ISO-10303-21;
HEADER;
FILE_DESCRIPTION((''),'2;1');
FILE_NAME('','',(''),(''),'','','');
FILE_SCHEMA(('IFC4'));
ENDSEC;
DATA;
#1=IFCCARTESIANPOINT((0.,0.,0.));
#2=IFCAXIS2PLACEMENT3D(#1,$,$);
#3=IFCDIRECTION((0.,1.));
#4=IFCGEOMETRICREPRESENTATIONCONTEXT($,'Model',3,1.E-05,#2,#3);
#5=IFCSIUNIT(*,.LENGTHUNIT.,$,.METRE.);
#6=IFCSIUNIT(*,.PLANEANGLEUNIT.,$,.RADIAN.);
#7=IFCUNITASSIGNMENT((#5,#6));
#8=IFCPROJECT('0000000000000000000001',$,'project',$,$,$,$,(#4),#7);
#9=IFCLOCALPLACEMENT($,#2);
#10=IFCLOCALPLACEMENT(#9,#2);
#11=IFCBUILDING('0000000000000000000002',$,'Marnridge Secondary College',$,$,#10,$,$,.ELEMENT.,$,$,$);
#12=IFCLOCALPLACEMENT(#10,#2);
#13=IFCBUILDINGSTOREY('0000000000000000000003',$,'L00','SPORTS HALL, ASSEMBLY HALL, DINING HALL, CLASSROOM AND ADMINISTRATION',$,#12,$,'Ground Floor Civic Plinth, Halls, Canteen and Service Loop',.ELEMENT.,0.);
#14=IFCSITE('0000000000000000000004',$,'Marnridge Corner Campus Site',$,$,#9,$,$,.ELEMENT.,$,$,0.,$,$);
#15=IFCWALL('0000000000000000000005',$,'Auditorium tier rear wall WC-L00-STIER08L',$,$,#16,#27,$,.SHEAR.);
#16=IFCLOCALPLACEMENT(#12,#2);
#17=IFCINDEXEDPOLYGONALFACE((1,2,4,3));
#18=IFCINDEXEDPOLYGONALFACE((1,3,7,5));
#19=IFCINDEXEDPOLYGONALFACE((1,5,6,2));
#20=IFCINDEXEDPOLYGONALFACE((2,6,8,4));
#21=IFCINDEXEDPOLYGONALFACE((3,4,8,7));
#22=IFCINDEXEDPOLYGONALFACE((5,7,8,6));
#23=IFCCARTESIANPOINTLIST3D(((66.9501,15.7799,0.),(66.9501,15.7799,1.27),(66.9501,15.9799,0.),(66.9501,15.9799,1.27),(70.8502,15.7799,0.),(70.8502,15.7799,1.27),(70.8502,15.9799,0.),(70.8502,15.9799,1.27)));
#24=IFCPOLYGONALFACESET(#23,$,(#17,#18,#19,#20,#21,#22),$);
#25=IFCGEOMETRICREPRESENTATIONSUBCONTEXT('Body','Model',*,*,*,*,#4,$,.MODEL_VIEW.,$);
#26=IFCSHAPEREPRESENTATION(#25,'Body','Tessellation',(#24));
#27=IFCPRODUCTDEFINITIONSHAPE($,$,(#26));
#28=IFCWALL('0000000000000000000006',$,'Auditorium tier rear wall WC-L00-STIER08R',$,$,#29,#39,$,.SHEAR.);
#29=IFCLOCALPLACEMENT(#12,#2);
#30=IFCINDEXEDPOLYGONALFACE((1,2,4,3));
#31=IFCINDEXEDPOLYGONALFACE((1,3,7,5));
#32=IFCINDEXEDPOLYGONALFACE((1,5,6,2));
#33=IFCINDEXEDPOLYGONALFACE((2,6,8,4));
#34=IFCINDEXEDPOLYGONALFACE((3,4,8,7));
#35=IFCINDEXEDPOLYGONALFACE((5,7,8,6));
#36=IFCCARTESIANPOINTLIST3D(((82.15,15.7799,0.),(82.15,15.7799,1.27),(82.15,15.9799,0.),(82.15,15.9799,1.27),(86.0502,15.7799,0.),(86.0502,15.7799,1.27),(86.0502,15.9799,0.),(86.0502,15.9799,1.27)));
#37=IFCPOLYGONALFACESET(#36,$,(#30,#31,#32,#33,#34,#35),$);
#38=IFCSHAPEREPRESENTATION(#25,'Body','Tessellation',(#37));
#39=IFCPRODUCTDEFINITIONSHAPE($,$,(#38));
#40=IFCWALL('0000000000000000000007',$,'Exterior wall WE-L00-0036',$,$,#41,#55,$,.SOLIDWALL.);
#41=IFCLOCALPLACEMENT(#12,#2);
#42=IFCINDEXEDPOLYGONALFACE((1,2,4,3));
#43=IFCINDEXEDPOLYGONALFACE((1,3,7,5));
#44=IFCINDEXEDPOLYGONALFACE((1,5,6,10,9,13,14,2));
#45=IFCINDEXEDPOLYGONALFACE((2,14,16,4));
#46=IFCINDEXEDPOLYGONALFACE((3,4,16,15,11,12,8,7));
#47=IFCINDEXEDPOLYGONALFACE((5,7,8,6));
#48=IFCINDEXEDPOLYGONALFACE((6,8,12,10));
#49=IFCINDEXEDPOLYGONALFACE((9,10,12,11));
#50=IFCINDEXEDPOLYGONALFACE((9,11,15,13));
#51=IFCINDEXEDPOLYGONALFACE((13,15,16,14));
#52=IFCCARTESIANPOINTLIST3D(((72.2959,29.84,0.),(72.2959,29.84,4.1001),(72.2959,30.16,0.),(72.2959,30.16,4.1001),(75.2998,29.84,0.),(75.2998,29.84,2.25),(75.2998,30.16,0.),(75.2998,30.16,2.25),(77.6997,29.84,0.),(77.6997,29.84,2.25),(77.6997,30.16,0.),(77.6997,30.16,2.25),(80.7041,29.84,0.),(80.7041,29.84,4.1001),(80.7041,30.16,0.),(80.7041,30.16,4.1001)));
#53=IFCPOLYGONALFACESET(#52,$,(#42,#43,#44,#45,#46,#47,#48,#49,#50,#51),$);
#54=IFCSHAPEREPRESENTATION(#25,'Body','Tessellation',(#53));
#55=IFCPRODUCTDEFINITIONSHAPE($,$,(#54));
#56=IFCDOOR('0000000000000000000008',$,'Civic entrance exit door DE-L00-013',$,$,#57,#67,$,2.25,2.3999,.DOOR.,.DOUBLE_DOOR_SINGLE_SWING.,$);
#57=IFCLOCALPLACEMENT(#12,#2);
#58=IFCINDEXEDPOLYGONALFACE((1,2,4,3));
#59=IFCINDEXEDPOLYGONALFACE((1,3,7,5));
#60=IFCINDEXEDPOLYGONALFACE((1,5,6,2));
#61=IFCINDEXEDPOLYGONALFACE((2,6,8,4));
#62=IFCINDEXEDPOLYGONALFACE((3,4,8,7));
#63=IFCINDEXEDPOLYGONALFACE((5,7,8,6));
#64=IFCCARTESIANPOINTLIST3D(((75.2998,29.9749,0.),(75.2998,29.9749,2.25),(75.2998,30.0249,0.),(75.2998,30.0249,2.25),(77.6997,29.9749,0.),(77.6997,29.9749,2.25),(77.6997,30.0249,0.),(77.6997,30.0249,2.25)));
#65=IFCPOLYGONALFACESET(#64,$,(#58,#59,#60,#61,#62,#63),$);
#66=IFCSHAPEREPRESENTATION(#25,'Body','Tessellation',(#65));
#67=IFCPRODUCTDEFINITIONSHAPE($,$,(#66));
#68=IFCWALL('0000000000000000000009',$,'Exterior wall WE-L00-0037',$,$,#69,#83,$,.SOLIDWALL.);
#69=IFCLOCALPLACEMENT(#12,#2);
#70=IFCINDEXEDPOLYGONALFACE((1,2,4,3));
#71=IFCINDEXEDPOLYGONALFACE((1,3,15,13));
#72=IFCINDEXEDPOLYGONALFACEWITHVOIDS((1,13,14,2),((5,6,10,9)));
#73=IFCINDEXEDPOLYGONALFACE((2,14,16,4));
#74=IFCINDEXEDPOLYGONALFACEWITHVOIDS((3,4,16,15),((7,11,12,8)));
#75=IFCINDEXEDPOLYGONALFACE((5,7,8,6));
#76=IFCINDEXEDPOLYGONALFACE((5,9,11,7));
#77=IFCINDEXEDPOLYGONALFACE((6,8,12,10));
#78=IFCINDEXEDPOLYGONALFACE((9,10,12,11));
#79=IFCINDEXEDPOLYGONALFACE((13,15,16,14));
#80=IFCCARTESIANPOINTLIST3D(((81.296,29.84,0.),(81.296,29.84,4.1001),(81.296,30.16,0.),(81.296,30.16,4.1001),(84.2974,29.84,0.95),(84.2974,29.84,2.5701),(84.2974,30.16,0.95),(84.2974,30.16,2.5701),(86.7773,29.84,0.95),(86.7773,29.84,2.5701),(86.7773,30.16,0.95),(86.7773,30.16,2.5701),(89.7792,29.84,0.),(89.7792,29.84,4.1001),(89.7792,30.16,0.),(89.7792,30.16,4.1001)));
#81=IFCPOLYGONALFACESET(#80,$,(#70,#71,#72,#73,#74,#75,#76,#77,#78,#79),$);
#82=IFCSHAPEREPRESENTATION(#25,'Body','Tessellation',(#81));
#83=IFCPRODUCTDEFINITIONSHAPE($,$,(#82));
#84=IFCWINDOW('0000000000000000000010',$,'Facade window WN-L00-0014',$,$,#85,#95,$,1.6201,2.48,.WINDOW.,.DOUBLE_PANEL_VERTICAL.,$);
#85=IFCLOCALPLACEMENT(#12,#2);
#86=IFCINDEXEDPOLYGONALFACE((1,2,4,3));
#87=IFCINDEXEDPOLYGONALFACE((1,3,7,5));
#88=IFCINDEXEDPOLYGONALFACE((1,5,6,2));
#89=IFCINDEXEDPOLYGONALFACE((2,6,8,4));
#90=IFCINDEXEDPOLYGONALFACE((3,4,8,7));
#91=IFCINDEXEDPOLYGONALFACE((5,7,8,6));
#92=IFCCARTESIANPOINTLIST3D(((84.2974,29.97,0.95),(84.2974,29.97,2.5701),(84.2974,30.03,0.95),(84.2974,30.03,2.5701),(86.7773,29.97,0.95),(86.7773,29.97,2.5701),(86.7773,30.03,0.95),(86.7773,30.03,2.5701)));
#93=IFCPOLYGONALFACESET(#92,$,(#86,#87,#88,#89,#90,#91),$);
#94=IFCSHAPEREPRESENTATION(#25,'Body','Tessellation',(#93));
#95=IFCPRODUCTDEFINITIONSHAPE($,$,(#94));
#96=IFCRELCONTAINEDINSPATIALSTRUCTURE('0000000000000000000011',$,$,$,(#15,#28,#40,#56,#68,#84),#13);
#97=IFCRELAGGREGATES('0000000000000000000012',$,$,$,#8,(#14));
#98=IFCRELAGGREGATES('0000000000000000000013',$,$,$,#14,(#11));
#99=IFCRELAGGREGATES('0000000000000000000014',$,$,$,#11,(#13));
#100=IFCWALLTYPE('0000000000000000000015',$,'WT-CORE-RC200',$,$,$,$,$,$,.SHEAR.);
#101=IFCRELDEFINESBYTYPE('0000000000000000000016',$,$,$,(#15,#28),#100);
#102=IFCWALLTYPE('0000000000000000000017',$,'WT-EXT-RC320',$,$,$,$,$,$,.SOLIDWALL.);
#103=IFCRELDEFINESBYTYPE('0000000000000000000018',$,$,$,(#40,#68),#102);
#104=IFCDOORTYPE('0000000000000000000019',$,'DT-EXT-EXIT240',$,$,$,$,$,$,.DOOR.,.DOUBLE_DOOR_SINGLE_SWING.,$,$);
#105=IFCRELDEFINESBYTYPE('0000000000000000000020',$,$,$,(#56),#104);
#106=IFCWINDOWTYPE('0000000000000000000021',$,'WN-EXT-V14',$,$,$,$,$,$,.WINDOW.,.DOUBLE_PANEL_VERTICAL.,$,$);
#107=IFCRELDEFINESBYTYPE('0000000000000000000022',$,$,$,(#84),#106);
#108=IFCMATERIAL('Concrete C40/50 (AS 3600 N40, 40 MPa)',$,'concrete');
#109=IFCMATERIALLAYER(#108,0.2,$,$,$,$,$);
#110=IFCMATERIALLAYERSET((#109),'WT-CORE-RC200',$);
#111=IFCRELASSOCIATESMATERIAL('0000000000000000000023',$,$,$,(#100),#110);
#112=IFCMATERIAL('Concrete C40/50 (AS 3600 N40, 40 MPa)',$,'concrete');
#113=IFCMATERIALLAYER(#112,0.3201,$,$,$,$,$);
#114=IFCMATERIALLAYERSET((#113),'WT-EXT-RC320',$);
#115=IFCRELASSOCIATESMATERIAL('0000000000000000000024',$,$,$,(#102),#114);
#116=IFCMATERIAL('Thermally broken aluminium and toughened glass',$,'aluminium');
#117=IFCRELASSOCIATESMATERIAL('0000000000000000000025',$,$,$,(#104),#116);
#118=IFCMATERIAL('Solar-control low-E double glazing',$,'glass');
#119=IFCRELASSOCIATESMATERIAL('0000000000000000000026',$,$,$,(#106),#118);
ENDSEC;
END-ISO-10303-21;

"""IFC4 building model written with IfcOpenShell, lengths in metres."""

from ifc_helpers import new_model, si_unit, direction, frame, frame_2d, origin, place, context, subcontext, project, spatial, rectangle, extrude, material, layer, layer_set, type_object, element, fill, save


model = new_model("IFC4")

# Units and contexts
model_context = context("Model", 3, precision=1e-05, world=origin(), true_north=direction((0.0, 1.0)))
body_context = subcontext(model_context, "Body", "Model", "MODEL_VIEW")
ifc_project = project(units=[si_unit("LENGTHUNIT", "METRE"), si_unit("PLANEANGLEUNIT", "RADIAN")], contexts=[model_context])

# Site, building, storey
site_placement = place(None, origin())
site = spatial("IfcSite", under=ifc_project, at=site_placement, Name="Marnridge Corner Campus Site", CompositionType="ELEMENT", RefElevation=0.0)
building_placement = place(site_placement, origin())
building = spatial("IfcBuilding", under=site, at=building_placement, Name="Marnridge Secondary College", CompositionType="ELEMENT")
storey_placement = place(building_placement, origin())
storey = spatial("IfcBuildingStorey", under=building, at=storey_placement, Name="L00", Description="SPORTS HALL, ASSEMBLY HALL, DINING HALL, CLASSROOM AND ADMINISTRATION", LongName="Ground Floor Civic Plinth, Halls, Canteen and Service Loop", CompositionType="ELEMENT", Elevation=0.0)

# Walls
ifc_material_1 = material(Name="Concrete C40/50 (AS 3600 N40, 40 MPa)", Category="concrete")
ifc_layer_1 = layer(ifc_material_1, 0.2)
ifc_layer_set_1 = layer_set([ifc_layer_1], Name="WT-CORE-RC200")
wall_type_1 = type_object("IfcWallType", Name="WT-CORE-RC200", PredefinedType="SHEAR", material=ifc_layer_set_1)
for number, where, z_axis, x_axis, name in (
    (1, (66.95, 15.8799, 0.0), (0.0, 0.0, 1.0), (1.0, 0.0, 0.0), "Auditorium tier rear wall WC-L00-STIER08L"),
    (2, (82.1499, 15.8799, 0.0), (0.0, 0.0, 1.0), (1.0, 0.0, 0.0), "Auditorium tier rear wall WC-L00-STIER08R"),
):
    element("IfcWall", number, at=place(storey_placement, frame(where, z_axis=z_axis, x_axis=x_axis)), inside=storey, type_object=wall_type_1, Name=name, PredefinedType="SHEAR", context=body_context, shape_type="SweptSolid", body=[
        extrude(rectangle(XDim=3.9001, YDim=0.2, at=frame_2d((1.9502, 0.0))), origin(), (0.0, 0.0, 1.0), 1.27),
    ])

# Wall, opening, door
ifc_material_2 = material(Name="Concrete C40/50 (AS 3600 N40, 40 MPa)", Category="concrete")
ifc_layer_2 = layer(ifc_material_2, 0.3201)
ifc_layer_set_2 = layer_set([ifc_layer_2], Name="WT-EXT-RC320")
wall_type_2 = type_object("IfcWallType", Name="WT-EXT-RC320", PredefinedType="SOLIDWALL", material=ifc_layer_set_2)
wall_1_placement = place(storey_placement, frame((72.2959, 30.0, 0.0), z_axis=(0.0, 0.0, 1.0), x_axis=(1.0, 0.0, 0.0)))
wall_1 = element("IfcWall", 3, at=wall_1_placement, inside=storey, type_object=wall_type_2, Name="Exterior wall WE-L00-0036", PredefinedType="SOLIDWALL", context=body_context, shape_type="SweptSolid", body=[
    extrude(rectangle(XDim=8.4082, YDim=0.3201, at=frame_2d((4.2041, 0.0))), origin(), (0.0, 0.0, 1.0), 4.1001),
])
opening_1_placement = place(wall_1_placement, frame((3.0039, 0.0, 0.0)))
opening_1 = element("IfcOpeningElement", 4, at=opening_1_placement, cuts=wall_1, PredefinedType="OPENING", context=body_context, shape_type="SweptSolid", body=[
    extrude(rectangle(XDim=2.3999, YDim=2.25, at=frame_2d((1.2, 1.125))), frame((0.0, 0.1699, 0.0), z_axis=(0.0, -1.0, 0.0), x_axis=(1.0, 0.0, 0.0)), (0.0, 0.0, 1.0), 0.3401),
])
ifc_material_3 = material(Name="Thermally broken aluminium and toughened glass", Category="aluminium")
door_type = type_object("IfcDoorType", Name="DT-EXT-EXIT240", OperationType="DOUBLE_DOOR_SINGLE_SWING", PredefinedType="DOOR", material=ifc_material_3)
door_placement = place(opening_1_placement, origin())
door = element("IfcDoor", 5, at=door_placement, inside=storey, type_object=door_type, Name="Civic entrance exit door DE-L00-013", OperationType="DOUBLE_DOOR_SINGLE_SWING", OverallHeight=2.25, OverallWidth=2.3999, PredefinedType="DOOR", context=body_context, shape_type="SweptSolid", body=[
    extrude(rectangle(XDim=2.3999, YDim=2.25, at=frame_2d((1.2, 1.125))), frame((0.0, 0.0249, 0.0), z_axis=(0.0, -1.0, 0.0), x_axis=(1.0, 0.0, 0.0)), (0.0, 0.0, 1.0), 0.05),
])
fill(opening_1, door)

# Wall, opening, window
wall_2_placement = place(storey_placement, frame((81.2959, 30.0, 0.0), z_axis=(0.0, 0.0, 1.0), x_axis=(1.0, 0.0, 0.0)))
wall_2 = element("IfcWall", 6, at=wall_2_placement, inside=storey, type_object=wall_type_2, Name="Exterior wall WE-L00-0037", PredefinedType="SOLIDWALL", context=body_context, shape_type="SweptSolid", body=[
    extrude(rectangle(XDim=8.4832, YDim=0.3201, at=frame_2d((4.2417, 0.0))), origin(), (0.0, 0.0, 1.0), 4.1001),
])
opening_2_placement = place(wall_2_placement, frame((3.0015, 0.0, 0.95)))
opening_2 = element("IfcOpeningElement", 7, at=opening_2_placement, cuts=wall_2, PredefinedType="OPENING", context=body_context, shape_type="SweptSolid", body=[
    extrude(rectangle(XDim=2.48, YDim=1.6201, at=frame_2d((1.24, 0.8101))), frame((0.0, 0.1699, 0.0), z_axis=(0.0, -1.0, 0.0), x_axis=(1.0, 0.0, 0.0)), (0.0, 0.0, 1.0), 0.3401),
])
ifc_material_4 = material(Name="Solar-control low-E double glazing", Category="glass")
window_type = type_object("IfcWindowType", Name="WN-EXT-V14", PartitioningType="DOUBLE_PANEL_VERTICAL", PredefinedType="WINDOW", material=ifc_material_4)
window_placement = place(opening_2_placement, origin())
window = element("IfcWindow", 8, at=window_placement, inside=storey, type_object=window_type, Name="Facade window WN-L00-0014", OverallHeight=1.6201, OverallWidth=2.48, PartitioningType="DOUBLE_PANEL_VERTICAL", PredefinedType="WINDOW", context=body_context, shape_type="SweptSolid", body=[
    extrude(rectangle(XDim=2.48, YDim=1.6201, at=frame_2d((1.24, 0.8101))), frame((0.0, 0.03, 0.0), z_axis=(0.0, -1.0, 0.0), x_axis=(1.0, 0.0, 0.0)), (0.0, 0.0, 1.0), 0.0601),
])
fill(opening_2, window)

save(model, "model.ifc")
